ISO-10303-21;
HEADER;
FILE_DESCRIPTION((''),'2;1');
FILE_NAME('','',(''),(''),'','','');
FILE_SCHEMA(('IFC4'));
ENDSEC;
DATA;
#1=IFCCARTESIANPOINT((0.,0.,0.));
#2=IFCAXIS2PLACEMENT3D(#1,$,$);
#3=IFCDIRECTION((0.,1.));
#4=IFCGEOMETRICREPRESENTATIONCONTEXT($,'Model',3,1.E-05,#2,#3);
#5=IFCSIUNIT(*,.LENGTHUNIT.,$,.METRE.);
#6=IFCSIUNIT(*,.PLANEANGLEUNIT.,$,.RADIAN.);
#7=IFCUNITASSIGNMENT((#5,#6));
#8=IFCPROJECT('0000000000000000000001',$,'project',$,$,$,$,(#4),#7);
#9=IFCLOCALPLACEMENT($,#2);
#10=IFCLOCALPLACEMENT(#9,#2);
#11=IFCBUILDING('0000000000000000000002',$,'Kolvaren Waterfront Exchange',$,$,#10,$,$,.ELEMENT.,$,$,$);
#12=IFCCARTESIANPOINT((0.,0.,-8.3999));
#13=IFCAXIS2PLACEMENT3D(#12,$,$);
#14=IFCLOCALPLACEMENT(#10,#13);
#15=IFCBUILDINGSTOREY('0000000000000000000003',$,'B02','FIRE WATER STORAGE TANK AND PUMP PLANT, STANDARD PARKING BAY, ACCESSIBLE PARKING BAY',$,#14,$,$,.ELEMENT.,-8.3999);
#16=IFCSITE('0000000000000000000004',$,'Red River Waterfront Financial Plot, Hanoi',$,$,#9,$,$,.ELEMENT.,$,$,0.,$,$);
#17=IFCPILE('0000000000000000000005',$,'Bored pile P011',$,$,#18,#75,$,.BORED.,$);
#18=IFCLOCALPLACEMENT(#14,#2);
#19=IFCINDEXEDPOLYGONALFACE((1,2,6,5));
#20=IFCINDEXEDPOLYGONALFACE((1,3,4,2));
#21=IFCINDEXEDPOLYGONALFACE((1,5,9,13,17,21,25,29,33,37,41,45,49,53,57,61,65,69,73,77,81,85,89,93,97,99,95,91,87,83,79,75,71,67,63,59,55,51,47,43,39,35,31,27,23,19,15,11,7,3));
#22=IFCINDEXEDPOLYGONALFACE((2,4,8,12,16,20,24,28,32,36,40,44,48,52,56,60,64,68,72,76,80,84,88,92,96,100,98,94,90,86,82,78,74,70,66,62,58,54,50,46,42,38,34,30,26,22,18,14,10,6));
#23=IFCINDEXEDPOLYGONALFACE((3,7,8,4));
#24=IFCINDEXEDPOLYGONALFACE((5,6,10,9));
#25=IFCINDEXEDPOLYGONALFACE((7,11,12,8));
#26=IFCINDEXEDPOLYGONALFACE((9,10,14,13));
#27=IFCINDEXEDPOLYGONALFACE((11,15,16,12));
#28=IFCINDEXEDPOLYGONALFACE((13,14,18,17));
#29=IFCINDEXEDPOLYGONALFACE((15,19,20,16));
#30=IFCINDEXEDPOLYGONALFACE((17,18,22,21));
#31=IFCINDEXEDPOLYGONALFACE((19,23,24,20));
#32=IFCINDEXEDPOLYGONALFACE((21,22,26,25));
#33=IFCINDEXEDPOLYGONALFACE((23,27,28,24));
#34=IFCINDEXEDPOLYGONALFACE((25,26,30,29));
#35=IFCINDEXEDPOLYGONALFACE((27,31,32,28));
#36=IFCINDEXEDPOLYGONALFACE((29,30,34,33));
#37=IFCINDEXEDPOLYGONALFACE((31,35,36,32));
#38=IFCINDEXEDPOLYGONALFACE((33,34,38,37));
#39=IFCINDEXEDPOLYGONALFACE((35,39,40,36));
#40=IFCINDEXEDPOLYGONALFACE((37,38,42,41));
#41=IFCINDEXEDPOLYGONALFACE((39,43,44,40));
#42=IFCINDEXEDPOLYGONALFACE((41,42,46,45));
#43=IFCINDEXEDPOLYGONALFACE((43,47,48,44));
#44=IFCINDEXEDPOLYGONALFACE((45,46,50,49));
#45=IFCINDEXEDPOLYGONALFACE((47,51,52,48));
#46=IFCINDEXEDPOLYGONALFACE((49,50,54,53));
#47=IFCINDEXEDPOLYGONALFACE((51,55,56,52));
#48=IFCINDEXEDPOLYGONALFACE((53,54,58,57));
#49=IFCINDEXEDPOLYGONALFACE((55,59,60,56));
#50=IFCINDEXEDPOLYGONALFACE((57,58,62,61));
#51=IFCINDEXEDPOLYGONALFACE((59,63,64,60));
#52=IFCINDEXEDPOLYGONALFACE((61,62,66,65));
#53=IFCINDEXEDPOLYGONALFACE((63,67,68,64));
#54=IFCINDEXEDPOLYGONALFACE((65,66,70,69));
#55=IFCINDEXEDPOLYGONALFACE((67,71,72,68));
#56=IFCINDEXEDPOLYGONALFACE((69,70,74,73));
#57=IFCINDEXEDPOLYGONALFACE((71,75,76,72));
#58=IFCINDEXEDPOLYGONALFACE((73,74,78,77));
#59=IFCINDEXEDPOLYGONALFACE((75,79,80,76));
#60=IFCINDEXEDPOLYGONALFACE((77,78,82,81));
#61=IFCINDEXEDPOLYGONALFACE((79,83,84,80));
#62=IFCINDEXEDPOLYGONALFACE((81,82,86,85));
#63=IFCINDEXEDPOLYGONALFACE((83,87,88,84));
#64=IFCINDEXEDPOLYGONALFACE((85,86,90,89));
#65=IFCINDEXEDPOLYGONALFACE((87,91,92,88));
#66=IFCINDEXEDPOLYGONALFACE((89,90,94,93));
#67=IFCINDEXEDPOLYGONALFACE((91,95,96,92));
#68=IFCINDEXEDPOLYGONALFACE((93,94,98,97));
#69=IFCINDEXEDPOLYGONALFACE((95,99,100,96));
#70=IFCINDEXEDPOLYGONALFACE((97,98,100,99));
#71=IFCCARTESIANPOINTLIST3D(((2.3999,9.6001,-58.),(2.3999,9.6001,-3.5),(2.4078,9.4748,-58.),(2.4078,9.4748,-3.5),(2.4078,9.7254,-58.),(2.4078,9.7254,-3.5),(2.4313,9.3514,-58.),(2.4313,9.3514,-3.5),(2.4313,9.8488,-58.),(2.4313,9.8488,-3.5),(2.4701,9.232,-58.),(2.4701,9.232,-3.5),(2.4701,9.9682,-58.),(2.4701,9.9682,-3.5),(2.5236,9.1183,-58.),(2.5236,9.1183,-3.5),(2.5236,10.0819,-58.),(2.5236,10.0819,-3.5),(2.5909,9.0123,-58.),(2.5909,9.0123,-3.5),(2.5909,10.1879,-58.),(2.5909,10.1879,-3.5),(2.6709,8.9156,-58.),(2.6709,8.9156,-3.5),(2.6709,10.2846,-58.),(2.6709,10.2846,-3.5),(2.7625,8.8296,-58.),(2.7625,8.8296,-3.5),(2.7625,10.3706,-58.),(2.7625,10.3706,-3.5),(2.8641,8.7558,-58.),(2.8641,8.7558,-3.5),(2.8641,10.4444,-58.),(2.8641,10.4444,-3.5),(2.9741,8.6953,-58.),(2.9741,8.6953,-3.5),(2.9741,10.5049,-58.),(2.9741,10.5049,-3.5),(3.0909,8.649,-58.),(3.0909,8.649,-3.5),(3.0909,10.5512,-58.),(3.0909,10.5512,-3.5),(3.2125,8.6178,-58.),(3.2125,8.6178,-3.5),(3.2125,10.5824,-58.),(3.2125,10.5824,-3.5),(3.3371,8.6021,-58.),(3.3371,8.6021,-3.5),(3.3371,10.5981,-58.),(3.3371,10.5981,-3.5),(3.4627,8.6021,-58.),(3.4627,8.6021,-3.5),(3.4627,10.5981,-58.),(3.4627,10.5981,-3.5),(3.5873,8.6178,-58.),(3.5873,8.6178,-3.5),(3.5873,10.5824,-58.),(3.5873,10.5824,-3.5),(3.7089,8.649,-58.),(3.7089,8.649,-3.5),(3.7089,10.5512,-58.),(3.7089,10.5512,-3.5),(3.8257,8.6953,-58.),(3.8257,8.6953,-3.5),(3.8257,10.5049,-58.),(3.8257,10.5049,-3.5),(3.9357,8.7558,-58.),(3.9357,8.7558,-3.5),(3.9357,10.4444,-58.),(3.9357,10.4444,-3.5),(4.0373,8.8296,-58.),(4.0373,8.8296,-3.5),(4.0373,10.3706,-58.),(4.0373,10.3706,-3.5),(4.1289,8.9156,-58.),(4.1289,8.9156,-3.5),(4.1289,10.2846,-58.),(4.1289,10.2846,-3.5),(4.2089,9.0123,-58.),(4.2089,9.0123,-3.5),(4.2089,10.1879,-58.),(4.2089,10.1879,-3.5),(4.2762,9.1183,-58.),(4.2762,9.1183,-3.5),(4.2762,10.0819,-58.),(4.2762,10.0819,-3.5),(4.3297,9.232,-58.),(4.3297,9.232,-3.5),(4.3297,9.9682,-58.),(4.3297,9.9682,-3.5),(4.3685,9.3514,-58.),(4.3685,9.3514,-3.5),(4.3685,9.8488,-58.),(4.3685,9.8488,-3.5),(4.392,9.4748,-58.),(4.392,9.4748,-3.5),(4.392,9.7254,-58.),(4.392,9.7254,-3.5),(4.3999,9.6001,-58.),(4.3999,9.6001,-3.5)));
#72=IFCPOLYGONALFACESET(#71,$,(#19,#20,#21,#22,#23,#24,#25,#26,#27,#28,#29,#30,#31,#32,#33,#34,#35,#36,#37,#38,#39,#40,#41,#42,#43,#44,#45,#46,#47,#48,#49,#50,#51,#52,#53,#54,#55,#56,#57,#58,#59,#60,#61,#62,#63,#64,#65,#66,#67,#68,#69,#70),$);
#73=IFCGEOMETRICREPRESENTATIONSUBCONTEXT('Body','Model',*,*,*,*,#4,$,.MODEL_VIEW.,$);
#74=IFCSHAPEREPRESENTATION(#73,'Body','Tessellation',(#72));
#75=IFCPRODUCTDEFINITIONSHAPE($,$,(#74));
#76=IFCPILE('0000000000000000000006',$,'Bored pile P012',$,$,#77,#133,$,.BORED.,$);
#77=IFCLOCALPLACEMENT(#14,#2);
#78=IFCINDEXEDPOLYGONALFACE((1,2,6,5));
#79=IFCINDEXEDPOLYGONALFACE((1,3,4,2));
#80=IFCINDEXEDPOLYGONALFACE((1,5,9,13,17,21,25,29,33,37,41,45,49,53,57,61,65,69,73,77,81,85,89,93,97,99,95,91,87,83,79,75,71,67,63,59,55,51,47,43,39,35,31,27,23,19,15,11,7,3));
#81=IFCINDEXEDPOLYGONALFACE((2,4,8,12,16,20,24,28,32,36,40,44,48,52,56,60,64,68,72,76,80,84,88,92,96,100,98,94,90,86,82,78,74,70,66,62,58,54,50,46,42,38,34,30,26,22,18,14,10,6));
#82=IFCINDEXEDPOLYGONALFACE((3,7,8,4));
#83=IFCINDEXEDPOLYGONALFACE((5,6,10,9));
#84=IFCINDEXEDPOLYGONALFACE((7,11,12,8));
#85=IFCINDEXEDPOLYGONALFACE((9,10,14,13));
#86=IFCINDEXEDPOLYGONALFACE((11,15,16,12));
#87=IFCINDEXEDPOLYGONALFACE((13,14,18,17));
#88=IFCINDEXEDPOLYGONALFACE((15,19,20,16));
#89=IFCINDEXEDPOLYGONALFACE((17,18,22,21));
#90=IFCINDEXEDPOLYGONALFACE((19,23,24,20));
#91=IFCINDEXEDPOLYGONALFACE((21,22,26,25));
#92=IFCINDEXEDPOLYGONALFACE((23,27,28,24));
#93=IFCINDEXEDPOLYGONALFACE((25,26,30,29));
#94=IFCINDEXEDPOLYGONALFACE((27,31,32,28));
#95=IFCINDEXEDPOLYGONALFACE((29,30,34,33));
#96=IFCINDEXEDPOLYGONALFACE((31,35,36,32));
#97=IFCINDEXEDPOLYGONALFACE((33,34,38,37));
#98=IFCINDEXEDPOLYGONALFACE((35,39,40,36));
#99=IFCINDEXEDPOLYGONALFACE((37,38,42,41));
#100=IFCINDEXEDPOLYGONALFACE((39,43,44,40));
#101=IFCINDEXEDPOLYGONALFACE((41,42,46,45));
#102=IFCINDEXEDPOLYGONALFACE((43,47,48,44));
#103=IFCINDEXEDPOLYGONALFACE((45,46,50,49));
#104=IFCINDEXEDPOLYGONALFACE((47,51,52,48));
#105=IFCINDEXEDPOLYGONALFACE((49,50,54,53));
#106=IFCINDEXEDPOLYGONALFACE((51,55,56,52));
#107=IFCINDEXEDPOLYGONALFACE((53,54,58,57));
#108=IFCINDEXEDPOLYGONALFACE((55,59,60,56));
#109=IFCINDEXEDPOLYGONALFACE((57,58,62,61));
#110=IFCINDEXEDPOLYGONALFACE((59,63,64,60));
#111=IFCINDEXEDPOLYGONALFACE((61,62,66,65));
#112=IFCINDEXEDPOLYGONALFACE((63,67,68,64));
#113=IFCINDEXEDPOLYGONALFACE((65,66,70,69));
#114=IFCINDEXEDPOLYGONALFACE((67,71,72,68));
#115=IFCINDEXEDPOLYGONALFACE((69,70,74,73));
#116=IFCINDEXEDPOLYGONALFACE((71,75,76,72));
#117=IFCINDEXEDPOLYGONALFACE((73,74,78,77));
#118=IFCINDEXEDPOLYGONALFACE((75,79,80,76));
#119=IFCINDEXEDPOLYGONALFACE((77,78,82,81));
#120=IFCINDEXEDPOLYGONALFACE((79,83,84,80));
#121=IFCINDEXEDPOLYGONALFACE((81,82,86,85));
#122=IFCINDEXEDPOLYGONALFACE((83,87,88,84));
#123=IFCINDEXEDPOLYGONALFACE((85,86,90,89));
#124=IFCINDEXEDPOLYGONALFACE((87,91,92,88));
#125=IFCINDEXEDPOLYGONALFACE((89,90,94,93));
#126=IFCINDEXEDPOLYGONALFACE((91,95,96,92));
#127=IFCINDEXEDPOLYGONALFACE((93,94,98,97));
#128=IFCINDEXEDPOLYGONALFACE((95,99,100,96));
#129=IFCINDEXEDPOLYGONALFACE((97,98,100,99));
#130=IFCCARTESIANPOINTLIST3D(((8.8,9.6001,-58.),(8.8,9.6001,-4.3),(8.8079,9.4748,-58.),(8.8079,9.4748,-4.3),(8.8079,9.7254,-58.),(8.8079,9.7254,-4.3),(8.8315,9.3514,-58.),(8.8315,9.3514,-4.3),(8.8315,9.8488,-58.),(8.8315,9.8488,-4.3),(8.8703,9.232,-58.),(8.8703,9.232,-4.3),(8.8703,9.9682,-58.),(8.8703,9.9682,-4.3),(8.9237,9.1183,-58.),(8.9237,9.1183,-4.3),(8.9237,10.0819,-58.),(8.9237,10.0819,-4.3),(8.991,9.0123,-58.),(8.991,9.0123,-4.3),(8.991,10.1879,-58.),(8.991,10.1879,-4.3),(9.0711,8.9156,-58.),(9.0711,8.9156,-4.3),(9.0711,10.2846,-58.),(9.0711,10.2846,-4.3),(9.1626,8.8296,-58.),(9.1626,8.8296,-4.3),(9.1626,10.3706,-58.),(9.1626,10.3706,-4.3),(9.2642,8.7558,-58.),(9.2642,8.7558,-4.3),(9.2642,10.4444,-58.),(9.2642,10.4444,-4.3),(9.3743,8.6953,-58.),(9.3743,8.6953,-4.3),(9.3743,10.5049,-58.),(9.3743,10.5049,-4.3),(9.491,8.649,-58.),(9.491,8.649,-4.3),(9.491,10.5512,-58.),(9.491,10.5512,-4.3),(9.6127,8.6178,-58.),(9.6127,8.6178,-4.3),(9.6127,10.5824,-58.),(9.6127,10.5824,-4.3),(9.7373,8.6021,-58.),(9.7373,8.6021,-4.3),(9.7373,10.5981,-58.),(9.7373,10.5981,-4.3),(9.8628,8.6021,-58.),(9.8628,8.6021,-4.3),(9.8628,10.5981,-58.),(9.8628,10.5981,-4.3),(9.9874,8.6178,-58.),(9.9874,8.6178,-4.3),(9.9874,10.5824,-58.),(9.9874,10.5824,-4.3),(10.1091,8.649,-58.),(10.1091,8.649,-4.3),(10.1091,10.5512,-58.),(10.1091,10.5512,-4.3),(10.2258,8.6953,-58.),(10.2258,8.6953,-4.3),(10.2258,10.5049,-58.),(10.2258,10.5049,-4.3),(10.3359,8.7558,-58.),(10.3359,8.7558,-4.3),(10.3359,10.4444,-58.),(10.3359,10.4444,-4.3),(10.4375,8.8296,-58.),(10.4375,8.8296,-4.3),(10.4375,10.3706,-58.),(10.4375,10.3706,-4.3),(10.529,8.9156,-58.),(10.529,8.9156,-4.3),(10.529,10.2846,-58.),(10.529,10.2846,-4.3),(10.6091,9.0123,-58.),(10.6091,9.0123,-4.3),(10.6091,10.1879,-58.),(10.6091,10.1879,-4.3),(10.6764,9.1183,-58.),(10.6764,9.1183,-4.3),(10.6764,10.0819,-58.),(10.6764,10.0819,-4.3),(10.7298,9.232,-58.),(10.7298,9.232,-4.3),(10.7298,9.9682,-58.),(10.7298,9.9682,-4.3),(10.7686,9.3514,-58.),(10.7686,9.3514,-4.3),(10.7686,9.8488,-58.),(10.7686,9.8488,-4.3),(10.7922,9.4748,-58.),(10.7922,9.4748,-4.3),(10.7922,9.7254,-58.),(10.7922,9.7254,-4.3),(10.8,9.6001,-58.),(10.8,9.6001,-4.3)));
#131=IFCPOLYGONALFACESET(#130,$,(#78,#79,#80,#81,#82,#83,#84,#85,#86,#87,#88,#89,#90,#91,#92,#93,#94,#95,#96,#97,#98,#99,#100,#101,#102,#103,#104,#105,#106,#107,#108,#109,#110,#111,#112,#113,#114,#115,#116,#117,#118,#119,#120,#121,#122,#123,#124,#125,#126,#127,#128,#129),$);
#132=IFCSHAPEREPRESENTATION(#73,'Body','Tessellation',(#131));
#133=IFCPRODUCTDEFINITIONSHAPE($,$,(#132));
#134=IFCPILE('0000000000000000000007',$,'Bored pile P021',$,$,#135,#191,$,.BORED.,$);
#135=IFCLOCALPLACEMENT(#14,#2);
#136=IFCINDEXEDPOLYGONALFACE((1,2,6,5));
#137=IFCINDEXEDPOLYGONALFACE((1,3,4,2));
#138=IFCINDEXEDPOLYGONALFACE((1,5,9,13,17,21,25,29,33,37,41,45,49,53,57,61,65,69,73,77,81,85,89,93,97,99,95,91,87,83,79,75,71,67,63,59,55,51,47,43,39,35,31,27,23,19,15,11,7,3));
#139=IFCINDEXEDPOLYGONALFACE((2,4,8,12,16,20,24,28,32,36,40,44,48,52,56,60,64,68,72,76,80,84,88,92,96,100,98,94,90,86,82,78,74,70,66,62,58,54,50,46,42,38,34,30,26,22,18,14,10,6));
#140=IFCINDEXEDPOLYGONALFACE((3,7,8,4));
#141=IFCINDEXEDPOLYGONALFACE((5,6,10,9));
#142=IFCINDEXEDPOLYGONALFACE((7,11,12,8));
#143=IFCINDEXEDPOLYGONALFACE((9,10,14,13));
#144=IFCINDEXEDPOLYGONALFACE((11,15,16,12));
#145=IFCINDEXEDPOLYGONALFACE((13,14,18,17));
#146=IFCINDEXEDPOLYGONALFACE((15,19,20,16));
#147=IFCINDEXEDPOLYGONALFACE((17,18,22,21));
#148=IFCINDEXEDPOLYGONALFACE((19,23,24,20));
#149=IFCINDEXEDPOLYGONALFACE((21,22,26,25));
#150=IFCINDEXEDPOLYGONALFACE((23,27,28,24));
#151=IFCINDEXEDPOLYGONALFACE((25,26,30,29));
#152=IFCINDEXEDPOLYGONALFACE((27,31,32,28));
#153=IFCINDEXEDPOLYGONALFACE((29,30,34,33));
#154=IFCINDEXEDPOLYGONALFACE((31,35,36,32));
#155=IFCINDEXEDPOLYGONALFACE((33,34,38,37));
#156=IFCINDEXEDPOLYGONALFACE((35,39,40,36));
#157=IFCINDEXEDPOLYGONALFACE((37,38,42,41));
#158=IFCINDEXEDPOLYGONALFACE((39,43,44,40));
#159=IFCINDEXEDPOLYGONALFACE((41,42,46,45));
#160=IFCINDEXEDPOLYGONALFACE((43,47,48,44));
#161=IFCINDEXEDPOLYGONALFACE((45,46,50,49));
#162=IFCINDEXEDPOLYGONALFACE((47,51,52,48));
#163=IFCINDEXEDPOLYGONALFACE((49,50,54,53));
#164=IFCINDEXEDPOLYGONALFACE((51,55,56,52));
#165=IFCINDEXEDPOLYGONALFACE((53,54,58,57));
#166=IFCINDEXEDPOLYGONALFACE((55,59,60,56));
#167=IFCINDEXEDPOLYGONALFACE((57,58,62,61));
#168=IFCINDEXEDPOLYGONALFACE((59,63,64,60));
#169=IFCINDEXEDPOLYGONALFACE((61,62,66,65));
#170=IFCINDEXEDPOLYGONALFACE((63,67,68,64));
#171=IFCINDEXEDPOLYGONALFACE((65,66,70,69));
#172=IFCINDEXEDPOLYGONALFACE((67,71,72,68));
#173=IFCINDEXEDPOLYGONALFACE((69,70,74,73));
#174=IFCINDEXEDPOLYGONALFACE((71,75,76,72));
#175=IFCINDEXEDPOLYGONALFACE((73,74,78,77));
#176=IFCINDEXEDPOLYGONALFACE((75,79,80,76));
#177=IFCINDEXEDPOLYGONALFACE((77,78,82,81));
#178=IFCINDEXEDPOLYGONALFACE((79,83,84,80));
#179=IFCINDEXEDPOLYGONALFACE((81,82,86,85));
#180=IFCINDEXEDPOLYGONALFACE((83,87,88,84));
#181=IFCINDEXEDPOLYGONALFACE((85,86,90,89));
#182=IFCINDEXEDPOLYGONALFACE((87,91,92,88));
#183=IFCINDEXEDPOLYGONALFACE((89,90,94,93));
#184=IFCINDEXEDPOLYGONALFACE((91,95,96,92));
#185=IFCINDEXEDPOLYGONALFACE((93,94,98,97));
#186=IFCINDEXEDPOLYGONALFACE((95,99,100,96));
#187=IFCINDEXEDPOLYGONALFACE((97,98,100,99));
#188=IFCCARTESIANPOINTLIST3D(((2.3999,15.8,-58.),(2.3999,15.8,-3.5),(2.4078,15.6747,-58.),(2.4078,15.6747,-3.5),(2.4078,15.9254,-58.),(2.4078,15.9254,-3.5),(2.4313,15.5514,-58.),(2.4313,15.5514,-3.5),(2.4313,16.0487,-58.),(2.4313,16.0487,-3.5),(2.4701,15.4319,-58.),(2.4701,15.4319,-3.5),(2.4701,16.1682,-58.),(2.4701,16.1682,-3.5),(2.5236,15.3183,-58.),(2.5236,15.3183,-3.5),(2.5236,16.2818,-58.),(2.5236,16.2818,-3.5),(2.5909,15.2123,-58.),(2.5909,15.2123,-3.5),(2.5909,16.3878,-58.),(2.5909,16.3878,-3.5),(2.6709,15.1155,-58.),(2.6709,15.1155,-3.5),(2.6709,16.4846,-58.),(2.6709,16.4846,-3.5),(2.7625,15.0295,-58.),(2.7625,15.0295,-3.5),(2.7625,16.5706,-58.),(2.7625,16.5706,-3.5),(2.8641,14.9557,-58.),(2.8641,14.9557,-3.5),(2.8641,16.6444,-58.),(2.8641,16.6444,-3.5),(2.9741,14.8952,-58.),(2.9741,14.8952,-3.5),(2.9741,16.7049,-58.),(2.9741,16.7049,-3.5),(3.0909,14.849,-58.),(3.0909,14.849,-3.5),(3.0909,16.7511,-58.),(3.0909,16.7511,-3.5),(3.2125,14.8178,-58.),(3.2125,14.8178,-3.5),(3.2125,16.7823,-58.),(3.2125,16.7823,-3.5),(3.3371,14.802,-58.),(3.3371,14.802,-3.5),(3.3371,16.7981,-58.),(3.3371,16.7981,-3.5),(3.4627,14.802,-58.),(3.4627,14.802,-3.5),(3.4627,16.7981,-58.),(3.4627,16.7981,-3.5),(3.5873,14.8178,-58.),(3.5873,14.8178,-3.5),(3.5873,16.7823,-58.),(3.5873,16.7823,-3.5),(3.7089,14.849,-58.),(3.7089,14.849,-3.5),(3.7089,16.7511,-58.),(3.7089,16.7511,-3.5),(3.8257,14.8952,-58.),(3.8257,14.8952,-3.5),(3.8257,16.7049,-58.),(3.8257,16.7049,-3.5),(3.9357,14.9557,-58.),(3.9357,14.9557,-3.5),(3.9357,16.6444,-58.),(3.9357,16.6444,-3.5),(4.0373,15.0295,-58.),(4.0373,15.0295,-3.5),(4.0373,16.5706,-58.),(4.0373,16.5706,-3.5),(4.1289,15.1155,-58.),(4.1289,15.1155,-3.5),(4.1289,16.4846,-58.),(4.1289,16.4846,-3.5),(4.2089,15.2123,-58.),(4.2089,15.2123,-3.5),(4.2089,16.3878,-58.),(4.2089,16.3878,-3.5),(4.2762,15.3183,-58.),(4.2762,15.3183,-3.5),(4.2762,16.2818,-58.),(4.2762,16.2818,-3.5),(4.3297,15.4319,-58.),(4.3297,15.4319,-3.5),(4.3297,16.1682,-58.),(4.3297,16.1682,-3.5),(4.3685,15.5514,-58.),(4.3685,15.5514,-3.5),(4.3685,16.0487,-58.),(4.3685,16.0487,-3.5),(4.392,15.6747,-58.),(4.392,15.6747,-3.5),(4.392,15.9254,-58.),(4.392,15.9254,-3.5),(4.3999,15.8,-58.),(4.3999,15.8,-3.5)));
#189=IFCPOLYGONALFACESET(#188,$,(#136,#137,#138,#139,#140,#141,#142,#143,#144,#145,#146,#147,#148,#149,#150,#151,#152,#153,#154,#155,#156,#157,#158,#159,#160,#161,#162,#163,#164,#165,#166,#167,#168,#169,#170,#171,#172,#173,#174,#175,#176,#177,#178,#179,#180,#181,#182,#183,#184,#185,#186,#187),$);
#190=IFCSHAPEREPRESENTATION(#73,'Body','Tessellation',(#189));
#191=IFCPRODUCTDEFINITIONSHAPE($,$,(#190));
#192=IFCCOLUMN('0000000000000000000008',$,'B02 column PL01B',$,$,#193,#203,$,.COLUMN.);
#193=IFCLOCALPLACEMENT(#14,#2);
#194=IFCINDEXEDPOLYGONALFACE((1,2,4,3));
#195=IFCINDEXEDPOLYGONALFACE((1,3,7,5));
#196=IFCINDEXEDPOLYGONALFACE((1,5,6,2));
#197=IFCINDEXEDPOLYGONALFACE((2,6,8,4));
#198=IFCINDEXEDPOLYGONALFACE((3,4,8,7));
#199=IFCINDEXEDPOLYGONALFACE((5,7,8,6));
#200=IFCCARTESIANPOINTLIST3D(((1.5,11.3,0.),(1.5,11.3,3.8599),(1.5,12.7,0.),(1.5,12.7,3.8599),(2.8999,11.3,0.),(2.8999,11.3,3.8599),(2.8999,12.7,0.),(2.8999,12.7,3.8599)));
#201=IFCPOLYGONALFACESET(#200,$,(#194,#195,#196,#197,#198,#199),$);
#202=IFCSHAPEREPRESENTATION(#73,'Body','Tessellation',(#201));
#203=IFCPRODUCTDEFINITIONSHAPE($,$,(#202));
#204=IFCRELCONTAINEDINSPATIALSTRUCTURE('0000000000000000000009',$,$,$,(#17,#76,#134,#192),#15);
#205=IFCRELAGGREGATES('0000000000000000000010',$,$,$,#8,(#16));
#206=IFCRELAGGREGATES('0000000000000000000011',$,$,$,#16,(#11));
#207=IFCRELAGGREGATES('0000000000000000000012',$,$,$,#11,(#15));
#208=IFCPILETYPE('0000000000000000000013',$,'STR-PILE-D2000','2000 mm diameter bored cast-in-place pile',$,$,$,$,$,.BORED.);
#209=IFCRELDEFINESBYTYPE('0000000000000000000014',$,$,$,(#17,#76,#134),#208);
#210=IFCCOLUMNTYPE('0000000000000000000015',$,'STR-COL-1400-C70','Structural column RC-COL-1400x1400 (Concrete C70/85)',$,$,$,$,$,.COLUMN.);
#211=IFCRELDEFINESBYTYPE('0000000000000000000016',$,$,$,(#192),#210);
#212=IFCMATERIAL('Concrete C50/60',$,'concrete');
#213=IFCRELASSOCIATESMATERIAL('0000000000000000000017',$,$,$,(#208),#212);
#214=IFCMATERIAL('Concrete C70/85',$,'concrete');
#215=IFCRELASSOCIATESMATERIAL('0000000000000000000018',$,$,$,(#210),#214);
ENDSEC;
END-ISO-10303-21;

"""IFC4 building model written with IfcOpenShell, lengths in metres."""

from ifc_helpers import new_model, si_unit, direction, frame, origin, origin_2d, place, context, subcontext, project, spatial, rectangle, circle, extrude, material, material_profile, profile_set, type_object, element, save


model = new_model("IFC4")

# Units and contexts
model_context = context("Model", 3, precision=1e-05, world=origin(), true_north=direction((0.0, 1.0)))
body_context = subcontext(model_context, "Body", "Model", "MODEL_VIEW")
ifc_project = project(units=[si_unit("LENGTHUNIT", "METRE"), si_unit("PLANEANGLEUNIT", "RADIAN")], contexts=[model_context])

# Site, building, storey
site_placement = place(None, origin())
site = spatial("IfcSite", under=ifc_project, at=site_placement, Name="Red River Waterfront Financial Plot, Hanoi", CompositionType="ELEMENT", RefElevation=0.0)
building_placement = place(site_placement, origin())
building = spatial("IfcBuilding", under=site, at=building_placement, Name="Kolvaren Waterfront Exchange", CompositionType="ELEMENT")
storey_placement = place(building_placement, frame((0.0, 0.0, -8.3999)))
storey = spatial("IfcBuildingStorey", under=building, at=storey_placement, Name="B02", Description="FIRE WATER STORAGE TANK AND PUMP PLANT, STANDARD PARKING BAY, ACCESSIBLE PARKING BAY", CompositionType="ELEMENT", Elevation=-8.3999)

# Piles
ifc_material_1 = material(Name="Concrete C50/60", Category="concrete")
ifc_material_profile_1 = material_profile(ifc_material_1, circle(Radius=1.0, at=origin_2d()), Name="RC-PILE-D2000")
ifc_profile_set_1 = profile_set([ifc_material_profile_1], Name="Concrete C50/60")
pile_type = type_object("IfcPileType", Name="STR-PILE-D2000", Description="2000 mm diameter bored cast-in-place pile", PredefinedType="BORED", material=ifc_profile_set_1)
pile_1_placement = place(storey_placement, frame((3.3999, 9.6001, -3.5), z_axis=(0.0, 0.0, -1.0), x_axis=(1.0, 0.0, 0.0)))
element("IfcPile", 1, at=pile_1_placement, inside=storey, type_object=pile_type, Name="Bored pile P011", PredefinedType="BORED", context=body_context, shape_type="SweptSolid", body=[
    extrude(circle(Radius=1.0, at=origin_2d()), origin(), (0.0, 0.0, 1.0), 54.5),
])
pile_2_placement = place(storey_placement, frame((9.8, 9.6001, -4.3), z_axis=(0.0, 0.0, -1.0), x_axis=(1.0, 0.0, 0.0)))
element("IfcPile", 2, at=pile_2_placement, inside=storey, type_object=pile_type, Name="Bored pile P012", PredefinedType="BORED", context=body_context, shape_type="SweptSolid", body=[
    extrude(circle(Radius=1.0, at=origin_2d()), origin(), (0.0, 0.0, 1.0), 53.7),
])
pile_3_placement = place(storey_placement, frame((3.3999, 15.8, -3.5), z_axis=(0.0, 0.0, -1.0), x_axis=(1.0, 0.0, 0.0)))
element("IfcPile", 3, at=pile_3_placement, inside=storey, type_object=pile_type, Name="Bored pile P021", PredefinedType="BORED", context=body_context, shape_type="SweptSolid", body=[
    extrude(circle(Radius=1.0, at=origin_2d()), origin(), (0.0, 0.0, 1.0), 54.5),
])

# Column
ifc_material_2 = material(Name="Concrete C70/85", Category="concrete")
ifc_material_profile_2 = material_profile(ifc_material_2, rectangle(XDim=1.3999, YDim=1.3999, at=origin_2d()), Name="RC-COL-1400x1400")
ifc_profile_set_2 = profile_set([ifc_material_profile_2], Name="Concrete C70/85")
column_type_1 = type_object("IfcColumnType", Name="STR-COL-1400-C70", Description="Structural column RC-COL-1400x1400 (Concrete C70/85)", PredefinedType="COLUMN", material=ifc_profile_set_2)
column_1_placement = place(storey_placement, frame((2.2, 12.0, 0.0), z_axis=(0.0, 0.0, 1.0), x_axis=(1.0, 0.0, 0.0)))
element("IfcColumn", 4, at=column_1_placement, inside=storey, type_object=column_type_1, Name="B02 column PL01B", PredefinedType="COLUMN", context=body_context, shape_type="SweptSolid", body=[
    extrude(rectangle(XDim=1.3999, YDim=1.3999, at=origin_2d()), origin(), (0.0, 0.0, 1.0), 3.8599),
])

save(model, "model.ifc")
